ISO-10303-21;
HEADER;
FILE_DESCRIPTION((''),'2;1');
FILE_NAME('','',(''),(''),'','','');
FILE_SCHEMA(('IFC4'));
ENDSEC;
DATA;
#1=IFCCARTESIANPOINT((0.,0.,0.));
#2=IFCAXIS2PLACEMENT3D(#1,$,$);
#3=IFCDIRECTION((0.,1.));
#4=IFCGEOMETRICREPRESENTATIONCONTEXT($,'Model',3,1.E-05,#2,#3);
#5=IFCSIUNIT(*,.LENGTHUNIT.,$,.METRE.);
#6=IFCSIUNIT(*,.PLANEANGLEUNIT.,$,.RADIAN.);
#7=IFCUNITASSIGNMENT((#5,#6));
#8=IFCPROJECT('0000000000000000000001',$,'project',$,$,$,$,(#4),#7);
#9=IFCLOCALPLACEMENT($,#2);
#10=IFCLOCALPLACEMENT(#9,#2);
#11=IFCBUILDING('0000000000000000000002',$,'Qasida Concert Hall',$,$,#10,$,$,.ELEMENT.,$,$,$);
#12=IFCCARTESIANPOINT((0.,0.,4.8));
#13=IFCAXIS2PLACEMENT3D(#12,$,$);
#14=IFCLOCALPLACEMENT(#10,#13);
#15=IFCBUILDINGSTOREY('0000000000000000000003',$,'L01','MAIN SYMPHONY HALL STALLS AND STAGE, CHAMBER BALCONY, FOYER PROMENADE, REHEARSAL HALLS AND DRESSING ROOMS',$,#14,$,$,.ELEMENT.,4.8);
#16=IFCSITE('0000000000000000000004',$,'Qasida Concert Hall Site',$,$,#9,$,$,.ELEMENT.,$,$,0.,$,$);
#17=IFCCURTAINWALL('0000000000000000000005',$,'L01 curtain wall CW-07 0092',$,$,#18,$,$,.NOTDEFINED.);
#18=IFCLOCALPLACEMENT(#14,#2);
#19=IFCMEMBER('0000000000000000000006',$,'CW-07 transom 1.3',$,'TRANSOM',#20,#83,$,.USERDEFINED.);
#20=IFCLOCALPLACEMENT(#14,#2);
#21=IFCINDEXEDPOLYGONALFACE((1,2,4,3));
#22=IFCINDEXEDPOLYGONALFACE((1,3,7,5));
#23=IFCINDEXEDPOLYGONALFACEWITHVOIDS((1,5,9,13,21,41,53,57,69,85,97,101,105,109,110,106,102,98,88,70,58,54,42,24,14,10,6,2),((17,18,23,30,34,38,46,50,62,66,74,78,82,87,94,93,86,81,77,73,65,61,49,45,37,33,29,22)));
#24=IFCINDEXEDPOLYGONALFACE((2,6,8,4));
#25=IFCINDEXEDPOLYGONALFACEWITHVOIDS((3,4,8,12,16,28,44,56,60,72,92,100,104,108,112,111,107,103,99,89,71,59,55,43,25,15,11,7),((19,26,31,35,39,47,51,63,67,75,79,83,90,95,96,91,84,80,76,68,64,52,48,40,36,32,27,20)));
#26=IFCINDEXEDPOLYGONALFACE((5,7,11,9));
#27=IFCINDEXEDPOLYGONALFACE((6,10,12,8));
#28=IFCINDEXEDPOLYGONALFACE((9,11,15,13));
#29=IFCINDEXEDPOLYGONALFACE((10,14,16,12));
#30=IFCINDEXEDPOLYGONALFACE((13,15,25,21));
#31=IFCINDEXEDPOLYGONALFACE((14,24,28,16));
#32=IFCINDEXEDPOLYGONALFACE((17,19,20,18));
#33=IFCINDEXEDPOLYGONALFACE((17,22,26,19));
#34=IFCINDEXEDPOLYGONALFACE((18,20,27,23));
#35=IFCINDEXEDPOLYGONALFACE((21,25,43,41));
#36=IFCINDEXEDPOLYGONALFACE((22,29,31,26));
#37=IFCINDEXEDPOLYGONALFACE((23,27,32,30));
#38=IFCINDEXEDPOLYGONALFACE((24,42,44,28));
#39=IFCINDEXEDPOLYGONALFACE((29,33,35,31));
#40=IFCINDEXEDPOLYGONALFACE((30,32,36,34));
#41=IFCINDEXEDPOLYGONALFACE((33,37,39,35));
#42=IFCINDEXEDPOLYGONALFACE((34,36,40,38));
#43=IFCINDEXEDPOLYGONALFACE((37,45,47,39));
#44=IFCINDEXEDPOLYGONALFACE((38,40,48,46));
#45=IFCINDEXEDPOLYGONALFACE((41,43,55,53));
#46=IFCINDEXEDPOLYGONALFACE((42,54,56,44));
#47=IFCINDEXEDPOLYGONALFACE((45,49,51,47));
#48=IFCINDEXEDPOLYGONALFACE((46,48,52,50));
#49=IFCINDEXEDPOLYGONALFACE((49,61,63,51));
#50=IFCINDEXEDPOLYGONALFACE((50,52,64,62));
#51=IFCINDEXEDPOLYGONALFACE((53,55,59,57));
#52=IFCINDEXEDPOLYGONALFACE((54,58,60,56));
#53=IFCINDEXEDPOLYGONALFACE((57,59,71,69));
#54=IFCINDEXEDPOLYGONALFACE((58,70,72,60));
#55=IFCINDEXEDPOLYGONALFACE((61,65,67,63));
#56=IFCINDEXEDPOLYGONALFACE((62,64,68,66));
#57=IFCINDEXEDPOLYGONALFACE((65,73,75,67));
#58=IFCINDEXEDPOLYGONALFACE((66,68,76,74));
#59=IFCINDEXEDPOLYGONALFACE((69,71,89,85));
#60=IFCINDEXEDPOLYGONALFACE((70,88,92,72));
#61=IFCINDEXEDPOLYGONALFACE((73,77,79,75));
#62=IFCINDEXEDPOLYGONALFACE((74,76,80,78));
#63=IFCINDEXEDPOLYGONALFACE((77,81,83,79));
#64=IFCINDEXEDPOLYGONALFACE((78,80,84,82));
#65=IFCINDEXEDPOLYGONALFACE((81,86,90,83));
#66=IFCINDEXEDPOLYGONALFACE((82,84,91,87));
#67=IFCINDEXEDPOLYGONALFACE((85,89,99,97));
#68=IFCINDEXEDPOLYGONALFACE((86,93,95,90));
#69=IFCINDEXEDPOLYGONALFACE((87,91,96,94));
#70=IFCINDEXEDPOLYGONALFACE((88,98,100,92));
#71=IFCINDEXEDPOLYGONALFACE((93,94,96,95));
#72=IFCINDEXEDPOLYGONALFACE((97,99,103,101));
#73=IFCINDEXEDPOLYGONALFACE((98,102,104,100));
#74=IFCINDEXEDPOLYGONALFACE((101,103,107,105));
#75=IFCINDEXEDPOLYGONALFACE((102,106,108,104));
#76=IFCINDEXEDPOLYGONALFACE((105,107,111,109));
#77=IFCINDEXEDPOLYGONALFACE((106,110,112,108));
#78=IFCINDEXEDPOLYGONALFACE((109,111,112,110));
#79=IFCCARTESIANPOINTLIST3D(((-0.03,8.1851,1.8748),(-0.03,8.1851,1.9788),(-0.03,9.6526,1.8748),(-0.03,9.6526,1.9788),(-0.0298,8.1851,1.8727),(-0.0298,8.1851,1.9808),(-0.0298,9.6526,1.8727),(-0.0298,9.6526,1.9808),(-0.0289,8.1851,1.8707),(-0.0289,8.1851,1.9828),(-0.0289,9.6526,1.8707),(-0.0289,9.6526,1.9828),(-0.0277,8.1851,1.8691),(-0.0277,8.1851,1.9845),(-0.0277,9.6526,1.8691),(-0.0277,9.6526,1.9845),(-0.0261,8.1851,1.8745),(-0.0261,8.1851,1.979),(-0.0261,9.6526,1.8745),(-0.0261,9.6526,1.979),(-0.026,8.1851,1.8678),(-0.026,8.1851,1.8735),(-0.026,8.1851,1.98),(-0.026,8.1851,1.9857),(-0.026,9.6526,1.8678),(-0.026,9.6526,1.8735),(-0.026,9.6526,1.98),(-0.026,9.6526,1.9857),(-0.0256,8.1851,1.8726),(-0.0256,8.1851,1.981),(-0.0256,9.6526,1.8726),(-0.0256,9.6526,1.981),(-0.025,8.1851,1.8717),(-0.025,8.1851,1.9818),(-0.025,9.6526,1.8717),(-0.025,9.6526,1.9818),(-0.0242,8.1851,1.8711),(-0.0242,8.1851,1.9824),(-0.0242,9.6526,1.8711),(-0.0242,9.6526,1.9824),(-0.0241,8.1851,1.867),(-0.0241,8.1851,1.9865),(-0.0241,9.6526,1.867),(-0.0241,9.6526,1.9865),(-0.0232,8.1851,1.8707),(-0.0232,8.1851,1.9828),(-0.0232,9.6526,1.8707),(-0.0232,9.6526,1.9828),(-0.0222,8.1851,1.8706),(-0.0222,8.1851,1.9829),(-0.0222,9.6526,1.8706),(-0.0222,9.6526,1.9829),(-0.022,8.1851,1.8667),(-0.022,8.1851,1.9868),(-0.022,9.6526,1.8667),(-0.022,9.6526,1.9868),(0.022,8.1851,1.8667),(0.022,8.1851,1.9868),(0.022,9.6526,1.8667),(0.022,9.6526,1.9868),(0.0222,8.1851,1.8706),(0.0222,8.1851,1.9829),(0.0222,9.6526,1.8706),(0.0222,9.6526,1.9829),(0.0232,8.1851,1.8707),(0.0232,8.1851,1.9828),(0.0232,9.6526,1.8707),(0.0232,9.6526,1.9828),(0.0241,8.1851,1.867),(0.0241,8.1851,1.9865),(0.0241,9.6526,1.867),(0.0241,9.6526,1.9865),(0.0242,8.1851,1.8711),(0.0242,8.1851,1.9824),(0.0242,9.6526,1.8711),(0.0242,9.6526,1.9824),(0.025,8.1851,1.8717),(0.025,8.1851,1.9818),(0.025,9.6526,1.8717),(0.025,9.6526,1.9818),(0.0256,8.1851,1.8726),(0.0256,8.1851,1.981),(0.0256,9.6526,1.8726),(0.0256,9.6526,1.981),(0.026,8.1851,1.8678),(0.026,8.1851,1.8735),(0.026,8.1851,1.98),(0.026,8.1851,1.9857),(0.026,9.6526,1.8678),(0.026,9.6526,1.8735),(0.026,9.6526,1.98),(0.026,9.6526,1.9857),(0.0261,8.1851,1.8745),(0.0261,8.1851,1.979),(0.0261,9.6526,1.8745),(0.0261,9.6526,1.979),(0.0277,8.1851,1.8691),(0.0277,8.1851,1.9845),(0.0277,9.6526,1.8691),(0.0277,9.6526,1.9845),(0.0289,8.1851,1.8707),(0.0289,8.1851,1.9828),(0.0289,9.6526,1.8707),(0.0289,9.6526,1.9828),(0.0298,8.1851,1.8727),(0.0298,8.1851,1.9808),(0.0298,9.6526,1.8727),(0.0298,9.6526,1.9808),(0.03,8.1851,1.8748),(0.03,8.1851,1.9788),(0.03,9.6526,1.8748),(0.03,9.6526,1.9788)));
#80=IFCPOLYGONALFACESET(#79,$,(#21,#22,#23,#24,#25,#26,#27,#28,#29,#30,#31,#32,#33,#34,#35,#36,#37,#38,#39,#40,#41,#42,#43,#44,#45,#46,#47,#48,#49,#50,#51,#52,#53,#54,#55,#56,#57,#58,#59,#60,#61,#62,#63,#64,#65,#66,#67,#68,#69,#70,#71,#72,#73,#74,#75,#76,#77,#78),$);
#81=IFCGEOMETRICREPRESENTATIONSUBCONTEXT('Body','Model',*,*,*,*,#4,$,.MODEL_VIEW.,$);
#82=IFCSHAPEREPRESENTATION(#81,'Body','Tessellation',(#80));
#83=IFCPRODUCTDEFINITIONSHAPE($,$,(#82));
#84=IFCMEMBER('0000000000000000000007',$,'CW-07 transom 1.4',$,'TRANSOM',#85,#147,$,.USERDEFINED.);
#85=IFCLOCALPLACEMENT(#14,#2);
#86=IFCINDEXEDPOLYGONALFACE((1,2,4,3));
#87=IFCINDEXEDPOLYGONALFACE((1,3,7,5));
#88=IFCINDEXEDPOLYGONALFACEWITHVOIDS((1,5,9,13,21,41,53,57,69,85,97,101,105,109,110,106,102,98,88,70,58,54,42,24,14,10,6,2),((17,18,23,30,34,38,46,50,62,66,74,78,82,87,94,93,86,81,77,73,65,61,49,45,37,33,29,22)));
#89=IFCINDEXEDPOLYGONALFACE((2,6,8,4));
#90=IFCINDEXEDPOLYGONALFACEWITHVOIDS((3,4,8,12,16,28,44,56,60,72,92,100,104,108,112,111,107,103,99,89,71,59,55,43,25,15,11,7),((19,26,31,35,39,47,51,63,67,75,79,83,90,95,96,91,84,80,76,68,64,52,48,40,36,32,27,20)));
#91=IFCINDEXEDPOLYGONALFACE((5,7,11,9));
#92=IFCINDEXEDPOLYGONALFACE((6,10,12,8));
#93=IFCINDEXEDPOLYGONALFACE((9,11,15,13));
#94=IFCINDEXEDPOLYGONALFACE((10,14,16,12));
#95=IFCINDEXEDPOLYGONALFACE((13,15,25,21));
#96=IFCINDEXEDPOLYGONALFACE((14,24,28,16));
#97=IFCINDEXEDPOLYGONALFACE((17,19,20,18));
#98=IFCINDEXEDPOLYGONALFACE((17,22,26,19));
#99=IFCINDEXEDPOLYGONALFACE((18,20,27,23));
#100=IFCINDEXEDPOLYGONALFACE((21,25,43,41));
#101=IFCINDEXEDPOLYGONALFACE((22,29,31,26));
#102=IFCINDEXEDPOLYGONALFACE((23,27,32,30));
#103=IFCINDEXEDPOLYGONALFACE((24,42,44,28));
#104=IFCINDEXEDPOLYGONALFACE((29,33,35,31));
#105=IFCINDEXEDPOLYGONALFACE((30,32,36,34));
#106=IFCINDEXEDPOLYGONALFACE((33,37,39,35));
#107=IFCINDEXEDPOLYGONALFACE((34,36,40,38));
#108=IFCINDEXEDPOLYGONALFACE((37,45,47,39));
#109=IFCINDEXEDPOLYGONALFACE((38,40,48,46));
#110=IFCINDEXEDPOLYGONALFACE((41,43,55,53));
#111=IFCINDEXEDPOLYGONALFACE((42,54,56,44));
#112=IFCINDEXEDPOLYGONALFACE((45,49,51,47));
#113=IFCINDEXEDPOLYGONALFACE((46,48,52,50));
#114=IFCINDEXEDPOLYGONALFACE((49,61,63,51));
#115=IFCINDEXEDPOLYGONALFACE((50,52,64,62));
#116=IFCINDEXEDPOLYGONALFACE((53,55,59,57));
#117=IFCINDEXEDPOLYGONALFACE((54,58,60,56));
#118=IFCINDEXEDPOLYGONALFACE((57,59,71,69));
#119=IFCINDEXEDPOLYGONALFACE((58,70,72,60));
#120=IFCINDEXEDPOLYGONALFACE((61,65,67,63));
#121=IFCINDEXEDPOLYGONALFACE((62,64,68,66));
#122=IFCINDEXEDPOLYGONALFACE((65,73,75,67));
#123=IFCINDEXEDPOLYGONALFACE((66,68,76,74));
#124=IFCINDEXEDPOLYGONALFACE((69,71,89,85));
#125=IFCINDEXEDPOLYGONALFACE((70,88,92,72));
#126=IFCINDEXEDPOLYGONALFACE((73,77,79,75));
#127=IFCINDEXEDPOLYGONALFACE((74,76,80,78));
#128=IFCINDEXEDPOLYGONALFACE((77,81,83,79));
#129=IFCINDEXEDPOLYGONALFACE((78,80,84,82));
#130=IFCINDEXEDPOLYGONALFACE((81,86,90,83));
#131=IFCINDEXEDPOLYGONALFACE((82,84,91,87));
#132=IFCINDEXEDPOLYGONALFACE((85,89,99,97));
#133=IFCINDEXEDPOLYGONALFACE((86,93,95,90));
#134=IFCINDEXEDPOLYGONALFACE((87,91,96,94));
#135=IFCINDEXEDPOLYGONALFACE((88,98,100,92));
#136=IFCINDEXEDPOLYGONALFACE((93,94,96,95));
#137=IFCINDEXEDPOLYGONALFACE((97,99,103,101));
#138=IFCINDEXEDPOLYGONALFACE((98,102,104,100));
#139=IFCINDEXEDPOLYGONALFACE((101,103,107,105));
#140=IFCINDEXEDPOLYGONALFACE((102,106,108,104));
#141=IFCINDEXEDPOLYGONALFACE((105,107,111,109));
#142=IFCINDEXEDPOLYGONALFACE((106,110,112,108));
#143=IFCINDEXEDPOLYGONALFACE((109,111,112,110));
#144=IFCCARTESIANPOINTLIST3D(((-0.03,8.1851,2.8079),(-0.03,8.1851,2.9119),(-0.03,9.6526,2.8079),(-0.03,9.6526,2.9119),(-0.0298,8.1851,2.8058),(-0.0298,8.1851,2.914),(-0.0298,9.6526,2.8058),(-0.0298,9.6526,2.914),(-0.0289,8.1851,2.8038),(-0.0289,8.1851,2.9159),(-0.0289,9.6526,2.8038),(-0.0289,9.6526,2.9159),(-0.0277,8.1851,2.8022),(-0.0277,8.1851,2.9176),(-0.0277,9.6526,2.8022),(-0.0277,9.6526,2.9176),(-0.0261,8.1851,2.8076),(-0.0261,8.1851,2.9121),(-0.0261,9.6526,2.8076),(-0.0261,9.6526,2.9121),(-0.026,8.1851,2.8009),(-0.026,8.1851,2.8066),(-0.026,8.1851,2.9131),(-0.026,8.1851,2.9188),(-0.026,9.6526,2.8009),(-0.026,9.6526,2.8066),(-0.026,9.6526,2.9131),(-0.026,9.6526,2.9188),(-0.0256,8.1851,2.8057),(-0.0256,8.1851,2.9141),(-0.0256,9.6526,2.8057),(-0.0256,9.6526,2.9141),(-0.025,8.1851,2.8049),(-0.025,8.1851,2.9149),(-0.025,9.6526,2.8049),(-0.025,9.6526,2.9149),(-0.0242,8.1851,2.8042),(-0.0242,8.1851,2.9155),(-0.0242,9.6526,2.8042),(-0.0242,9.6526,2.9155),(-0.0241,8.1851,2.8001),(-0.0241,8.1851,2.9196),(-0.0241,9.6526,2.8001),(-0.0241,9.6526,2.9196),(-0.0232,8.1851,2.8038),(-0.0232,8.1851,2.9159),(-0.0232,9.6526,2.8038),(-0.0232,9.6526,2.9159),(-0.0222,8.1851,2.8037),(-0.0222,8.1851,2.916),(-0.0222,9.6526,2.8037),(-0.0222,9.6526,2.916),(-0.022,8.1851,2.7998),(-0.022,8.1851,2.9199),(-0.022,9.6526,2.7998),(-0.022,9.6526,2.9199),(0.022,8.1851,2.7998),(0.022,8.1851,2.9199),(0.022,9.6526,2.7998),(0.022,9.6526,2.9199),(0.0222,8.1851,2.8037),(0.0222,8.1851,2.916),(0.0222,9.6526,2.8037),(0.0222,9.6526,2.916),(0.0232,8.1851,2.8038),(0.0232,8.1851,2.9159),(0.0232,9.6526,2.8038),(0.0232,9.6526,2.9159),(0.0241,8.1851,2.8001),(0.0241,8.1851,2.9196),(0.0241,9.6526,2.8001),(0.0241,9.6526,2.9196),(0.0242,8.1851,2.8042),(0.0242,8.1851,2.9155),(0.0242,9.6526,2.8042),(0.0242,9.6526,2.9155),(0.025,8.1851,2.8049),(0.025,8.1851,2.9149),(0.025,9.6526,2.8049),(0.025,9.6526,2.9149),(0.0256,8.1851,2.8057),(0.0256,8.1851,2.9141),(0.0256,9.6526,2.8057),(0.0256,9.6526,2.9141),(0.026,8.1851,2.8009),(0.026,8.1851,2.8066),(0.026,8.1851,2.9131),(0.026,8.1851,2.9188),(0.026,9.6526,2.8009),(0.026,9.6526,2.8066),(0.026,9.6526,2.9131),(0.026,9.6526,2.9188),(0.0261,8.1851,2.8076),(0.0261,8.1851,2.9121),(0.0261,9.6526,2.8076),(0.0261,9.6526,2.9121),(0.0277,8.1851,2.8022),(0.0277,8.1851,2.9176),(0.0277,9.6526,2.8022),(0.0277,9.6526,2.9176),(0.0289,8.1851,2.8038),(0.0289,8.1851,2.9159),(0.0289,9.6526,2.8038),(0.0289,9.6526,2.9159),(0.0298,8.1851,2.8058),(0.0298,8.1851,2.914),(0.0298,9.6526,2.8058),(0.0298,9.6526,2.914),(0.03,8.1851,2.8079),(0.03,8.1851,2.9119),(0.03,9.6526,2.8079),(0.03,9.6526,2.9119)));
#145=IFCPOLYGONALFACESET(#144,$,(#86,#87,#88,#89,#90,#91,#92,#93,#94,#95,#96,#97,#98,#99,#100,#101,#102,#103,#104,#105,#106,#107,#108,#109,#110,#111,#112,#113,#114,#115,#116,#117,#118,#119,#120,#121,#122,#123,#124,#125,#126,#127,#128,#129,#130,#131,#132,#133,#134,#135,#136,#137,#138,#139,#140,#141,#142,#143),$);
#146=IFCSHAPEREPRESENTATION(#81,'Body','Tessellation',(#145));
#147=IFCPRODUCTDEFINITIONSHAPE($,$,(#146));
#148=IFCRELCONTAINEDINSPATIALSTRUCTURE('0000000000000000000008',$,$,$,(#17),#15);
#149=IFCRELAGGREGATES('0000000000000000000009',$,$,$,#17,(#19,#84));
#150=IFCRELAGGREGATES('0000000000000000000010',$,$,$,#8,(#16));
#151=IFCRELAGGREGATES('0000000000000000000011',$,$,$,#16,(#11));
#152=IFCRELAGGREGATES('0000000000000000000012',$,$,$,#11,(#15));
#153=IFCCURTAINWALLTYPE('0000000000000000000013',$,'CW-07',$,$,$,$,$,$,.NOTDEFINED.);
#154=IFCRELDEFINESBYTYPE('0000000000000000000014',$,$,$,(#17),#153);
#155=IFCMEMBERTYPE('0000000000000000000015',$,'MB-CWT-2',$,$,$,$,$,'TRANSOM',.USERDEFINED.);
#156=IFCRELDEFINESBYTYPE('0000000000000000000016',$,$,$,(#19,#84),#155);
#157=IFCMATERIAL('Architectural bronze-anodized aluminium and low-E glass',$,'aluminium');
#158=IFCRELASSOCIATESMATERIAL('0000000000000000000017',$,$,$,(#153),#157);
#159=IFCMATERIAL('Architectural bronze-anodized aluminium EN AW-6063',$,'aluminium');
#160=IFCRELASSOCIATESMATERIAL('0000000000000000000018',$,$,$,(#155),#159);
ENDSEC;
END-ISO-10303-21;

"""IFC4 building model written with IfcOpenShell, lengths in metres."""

from ifc_helpers import new_model, si_unit, direction, frame, origin, origin_2d, place, context, subcontext, project, spatial, hollow_rectangle, extrude, material, material_profile, profile_set, type_object, element, aggregate, save


model = new_model("IFC4")

# Units and contexts
model_context = context("Model", 3, precision=1e-05, world=origin(), true_north=direction((0.0, 1.0)))
body_context = subcontext(model_context, "Body", "Model", "MODEL_VIEW")
ifc_project = project(units=[si_unit("LENGTHUNIT", "METRE"), si_unit("PLANEANGLEUNIT", "RADIAN")], contexts=[model_context])

# Site, building, storey
site_placement = place(None, origin())
site = spatial("IfcSite", under=ifc_project, at=site_placement, Name="Qasida Concert Hall Site", CompositionType="ELEMENT", RefElevation=0.0)
building_placement = place(site_placement, origin())
building = spatial("IfcBuilding", under=site, at=building_placement, Name="Qasida Concert Hall", CompositionType="ELEMENT")
storey_placement = place(building_placement, frame((0.0, 0.0, 4.8)))
storey = spatial("IfcBuildingStorey", under=building, at=storey_placement, Name="L01", Description="MAIN SYMPHONY HALL STALLS AND STAGE, CHAMBER BALCONY, FOYER PROMENADE, REHEARSAL HALLS AND DRESSING ROOMS", CompositionType="ELEMENT", Elevation=4.8)

# Curtain wall, members
ifc_material_1 = material(Name="Architectural bronze-anodized aluminium and low-E glass", Category="aluminium")
curtain_wall_type = type_object("IfcCurtainWallType", Name="CW-07", PredefinedType="NOTDEFINED", material=ifc_material_1)
curtain_wall_placement = place(storey_placement, origin())
curtain_wall = element("IfcCurtainWall", 1, at=curtain_wall_placement, inside=storey, type_object=curtain_wall_type, Name="L01 curtain wall CW-07 0092", PredefinedType="NOTDEFINED")
ifc_material_2 = material(Name="Architectural bronze-anodized aluminium EN AW-6063", Category="aluminium")
ifc_material_profile_1 = material_profile(ifc_material_2, hollow_rectangle(XDim=0.0601, YDim=0.1201, WallThickness=0.0039, InnerFilletRadius=0.0039, OuterFilletRadius=0.0081, at=origin_2d()), Name="CWT 120x60x4")
ifc_profile_set_1 = profile_set([ifc_material_profile_1], Name="Architectural bronze-anodized aluminium EN AW-6063")
member_type_1 = type_object("IfcMemberType", Name="MB-CWT-2", ElementType="TRANSOM", PredefinedType="USERDEFINED", material=ifc_profile_set_1)
member_1_placement = place(storey_placement, frame((0.0, 8.1851, 1.9268), z_axis=(0.0, 1.0, 0.0), x_axis=(-1.0, 0.0, 0.0)))
member_1 = element("IfcMember", 2, at=member_1_placement, type_object=member_type_1, Name="CW-07 transom 1.3", ObjectType="TRANSOM", PredefinedType="USERDEFINED", context=body_context, shape_type="SweptSolid", body=[
    extrude(hollow_rectangle(XDim=0.0601, YDim=0.1201, WallThickness=0.0039, InnerFilletRadius=0.0039, OuterFilletRadius=0.0081, at=origin_2d()), origin(), (0.0, 0.0, 1.0), 1.4675),
])
member_2_placement = place(storey_placement, frame((0.0, 8.1851, 2.8599), z_axis=(0.0, 1.0, 0.0), x_axis=(-1.0, 0.0, 0.0)))
member_2 = element("IfcMember", 3, at=member_2_placement, type_object=member_type_1, Name="CW-07 transom 1.4", ObjectType="TRANSOM", PredefinedType="USERDEFINED", context=body_context, shape_type="SweptSolid", body=[
    extrude(hollow_rectangle(XDim=0.0601, YDim=0.1201, WallThickness=0.0039, InnerFilletRadius=0.0039, OuterFilletRadius=0.0081, at=origin_2d()), origin(), (0.0, 0.0, 1.0), 1.4675),
])
aggregate(curtain_wall, [member_1, member_2])

save(model, "model.ifc")
